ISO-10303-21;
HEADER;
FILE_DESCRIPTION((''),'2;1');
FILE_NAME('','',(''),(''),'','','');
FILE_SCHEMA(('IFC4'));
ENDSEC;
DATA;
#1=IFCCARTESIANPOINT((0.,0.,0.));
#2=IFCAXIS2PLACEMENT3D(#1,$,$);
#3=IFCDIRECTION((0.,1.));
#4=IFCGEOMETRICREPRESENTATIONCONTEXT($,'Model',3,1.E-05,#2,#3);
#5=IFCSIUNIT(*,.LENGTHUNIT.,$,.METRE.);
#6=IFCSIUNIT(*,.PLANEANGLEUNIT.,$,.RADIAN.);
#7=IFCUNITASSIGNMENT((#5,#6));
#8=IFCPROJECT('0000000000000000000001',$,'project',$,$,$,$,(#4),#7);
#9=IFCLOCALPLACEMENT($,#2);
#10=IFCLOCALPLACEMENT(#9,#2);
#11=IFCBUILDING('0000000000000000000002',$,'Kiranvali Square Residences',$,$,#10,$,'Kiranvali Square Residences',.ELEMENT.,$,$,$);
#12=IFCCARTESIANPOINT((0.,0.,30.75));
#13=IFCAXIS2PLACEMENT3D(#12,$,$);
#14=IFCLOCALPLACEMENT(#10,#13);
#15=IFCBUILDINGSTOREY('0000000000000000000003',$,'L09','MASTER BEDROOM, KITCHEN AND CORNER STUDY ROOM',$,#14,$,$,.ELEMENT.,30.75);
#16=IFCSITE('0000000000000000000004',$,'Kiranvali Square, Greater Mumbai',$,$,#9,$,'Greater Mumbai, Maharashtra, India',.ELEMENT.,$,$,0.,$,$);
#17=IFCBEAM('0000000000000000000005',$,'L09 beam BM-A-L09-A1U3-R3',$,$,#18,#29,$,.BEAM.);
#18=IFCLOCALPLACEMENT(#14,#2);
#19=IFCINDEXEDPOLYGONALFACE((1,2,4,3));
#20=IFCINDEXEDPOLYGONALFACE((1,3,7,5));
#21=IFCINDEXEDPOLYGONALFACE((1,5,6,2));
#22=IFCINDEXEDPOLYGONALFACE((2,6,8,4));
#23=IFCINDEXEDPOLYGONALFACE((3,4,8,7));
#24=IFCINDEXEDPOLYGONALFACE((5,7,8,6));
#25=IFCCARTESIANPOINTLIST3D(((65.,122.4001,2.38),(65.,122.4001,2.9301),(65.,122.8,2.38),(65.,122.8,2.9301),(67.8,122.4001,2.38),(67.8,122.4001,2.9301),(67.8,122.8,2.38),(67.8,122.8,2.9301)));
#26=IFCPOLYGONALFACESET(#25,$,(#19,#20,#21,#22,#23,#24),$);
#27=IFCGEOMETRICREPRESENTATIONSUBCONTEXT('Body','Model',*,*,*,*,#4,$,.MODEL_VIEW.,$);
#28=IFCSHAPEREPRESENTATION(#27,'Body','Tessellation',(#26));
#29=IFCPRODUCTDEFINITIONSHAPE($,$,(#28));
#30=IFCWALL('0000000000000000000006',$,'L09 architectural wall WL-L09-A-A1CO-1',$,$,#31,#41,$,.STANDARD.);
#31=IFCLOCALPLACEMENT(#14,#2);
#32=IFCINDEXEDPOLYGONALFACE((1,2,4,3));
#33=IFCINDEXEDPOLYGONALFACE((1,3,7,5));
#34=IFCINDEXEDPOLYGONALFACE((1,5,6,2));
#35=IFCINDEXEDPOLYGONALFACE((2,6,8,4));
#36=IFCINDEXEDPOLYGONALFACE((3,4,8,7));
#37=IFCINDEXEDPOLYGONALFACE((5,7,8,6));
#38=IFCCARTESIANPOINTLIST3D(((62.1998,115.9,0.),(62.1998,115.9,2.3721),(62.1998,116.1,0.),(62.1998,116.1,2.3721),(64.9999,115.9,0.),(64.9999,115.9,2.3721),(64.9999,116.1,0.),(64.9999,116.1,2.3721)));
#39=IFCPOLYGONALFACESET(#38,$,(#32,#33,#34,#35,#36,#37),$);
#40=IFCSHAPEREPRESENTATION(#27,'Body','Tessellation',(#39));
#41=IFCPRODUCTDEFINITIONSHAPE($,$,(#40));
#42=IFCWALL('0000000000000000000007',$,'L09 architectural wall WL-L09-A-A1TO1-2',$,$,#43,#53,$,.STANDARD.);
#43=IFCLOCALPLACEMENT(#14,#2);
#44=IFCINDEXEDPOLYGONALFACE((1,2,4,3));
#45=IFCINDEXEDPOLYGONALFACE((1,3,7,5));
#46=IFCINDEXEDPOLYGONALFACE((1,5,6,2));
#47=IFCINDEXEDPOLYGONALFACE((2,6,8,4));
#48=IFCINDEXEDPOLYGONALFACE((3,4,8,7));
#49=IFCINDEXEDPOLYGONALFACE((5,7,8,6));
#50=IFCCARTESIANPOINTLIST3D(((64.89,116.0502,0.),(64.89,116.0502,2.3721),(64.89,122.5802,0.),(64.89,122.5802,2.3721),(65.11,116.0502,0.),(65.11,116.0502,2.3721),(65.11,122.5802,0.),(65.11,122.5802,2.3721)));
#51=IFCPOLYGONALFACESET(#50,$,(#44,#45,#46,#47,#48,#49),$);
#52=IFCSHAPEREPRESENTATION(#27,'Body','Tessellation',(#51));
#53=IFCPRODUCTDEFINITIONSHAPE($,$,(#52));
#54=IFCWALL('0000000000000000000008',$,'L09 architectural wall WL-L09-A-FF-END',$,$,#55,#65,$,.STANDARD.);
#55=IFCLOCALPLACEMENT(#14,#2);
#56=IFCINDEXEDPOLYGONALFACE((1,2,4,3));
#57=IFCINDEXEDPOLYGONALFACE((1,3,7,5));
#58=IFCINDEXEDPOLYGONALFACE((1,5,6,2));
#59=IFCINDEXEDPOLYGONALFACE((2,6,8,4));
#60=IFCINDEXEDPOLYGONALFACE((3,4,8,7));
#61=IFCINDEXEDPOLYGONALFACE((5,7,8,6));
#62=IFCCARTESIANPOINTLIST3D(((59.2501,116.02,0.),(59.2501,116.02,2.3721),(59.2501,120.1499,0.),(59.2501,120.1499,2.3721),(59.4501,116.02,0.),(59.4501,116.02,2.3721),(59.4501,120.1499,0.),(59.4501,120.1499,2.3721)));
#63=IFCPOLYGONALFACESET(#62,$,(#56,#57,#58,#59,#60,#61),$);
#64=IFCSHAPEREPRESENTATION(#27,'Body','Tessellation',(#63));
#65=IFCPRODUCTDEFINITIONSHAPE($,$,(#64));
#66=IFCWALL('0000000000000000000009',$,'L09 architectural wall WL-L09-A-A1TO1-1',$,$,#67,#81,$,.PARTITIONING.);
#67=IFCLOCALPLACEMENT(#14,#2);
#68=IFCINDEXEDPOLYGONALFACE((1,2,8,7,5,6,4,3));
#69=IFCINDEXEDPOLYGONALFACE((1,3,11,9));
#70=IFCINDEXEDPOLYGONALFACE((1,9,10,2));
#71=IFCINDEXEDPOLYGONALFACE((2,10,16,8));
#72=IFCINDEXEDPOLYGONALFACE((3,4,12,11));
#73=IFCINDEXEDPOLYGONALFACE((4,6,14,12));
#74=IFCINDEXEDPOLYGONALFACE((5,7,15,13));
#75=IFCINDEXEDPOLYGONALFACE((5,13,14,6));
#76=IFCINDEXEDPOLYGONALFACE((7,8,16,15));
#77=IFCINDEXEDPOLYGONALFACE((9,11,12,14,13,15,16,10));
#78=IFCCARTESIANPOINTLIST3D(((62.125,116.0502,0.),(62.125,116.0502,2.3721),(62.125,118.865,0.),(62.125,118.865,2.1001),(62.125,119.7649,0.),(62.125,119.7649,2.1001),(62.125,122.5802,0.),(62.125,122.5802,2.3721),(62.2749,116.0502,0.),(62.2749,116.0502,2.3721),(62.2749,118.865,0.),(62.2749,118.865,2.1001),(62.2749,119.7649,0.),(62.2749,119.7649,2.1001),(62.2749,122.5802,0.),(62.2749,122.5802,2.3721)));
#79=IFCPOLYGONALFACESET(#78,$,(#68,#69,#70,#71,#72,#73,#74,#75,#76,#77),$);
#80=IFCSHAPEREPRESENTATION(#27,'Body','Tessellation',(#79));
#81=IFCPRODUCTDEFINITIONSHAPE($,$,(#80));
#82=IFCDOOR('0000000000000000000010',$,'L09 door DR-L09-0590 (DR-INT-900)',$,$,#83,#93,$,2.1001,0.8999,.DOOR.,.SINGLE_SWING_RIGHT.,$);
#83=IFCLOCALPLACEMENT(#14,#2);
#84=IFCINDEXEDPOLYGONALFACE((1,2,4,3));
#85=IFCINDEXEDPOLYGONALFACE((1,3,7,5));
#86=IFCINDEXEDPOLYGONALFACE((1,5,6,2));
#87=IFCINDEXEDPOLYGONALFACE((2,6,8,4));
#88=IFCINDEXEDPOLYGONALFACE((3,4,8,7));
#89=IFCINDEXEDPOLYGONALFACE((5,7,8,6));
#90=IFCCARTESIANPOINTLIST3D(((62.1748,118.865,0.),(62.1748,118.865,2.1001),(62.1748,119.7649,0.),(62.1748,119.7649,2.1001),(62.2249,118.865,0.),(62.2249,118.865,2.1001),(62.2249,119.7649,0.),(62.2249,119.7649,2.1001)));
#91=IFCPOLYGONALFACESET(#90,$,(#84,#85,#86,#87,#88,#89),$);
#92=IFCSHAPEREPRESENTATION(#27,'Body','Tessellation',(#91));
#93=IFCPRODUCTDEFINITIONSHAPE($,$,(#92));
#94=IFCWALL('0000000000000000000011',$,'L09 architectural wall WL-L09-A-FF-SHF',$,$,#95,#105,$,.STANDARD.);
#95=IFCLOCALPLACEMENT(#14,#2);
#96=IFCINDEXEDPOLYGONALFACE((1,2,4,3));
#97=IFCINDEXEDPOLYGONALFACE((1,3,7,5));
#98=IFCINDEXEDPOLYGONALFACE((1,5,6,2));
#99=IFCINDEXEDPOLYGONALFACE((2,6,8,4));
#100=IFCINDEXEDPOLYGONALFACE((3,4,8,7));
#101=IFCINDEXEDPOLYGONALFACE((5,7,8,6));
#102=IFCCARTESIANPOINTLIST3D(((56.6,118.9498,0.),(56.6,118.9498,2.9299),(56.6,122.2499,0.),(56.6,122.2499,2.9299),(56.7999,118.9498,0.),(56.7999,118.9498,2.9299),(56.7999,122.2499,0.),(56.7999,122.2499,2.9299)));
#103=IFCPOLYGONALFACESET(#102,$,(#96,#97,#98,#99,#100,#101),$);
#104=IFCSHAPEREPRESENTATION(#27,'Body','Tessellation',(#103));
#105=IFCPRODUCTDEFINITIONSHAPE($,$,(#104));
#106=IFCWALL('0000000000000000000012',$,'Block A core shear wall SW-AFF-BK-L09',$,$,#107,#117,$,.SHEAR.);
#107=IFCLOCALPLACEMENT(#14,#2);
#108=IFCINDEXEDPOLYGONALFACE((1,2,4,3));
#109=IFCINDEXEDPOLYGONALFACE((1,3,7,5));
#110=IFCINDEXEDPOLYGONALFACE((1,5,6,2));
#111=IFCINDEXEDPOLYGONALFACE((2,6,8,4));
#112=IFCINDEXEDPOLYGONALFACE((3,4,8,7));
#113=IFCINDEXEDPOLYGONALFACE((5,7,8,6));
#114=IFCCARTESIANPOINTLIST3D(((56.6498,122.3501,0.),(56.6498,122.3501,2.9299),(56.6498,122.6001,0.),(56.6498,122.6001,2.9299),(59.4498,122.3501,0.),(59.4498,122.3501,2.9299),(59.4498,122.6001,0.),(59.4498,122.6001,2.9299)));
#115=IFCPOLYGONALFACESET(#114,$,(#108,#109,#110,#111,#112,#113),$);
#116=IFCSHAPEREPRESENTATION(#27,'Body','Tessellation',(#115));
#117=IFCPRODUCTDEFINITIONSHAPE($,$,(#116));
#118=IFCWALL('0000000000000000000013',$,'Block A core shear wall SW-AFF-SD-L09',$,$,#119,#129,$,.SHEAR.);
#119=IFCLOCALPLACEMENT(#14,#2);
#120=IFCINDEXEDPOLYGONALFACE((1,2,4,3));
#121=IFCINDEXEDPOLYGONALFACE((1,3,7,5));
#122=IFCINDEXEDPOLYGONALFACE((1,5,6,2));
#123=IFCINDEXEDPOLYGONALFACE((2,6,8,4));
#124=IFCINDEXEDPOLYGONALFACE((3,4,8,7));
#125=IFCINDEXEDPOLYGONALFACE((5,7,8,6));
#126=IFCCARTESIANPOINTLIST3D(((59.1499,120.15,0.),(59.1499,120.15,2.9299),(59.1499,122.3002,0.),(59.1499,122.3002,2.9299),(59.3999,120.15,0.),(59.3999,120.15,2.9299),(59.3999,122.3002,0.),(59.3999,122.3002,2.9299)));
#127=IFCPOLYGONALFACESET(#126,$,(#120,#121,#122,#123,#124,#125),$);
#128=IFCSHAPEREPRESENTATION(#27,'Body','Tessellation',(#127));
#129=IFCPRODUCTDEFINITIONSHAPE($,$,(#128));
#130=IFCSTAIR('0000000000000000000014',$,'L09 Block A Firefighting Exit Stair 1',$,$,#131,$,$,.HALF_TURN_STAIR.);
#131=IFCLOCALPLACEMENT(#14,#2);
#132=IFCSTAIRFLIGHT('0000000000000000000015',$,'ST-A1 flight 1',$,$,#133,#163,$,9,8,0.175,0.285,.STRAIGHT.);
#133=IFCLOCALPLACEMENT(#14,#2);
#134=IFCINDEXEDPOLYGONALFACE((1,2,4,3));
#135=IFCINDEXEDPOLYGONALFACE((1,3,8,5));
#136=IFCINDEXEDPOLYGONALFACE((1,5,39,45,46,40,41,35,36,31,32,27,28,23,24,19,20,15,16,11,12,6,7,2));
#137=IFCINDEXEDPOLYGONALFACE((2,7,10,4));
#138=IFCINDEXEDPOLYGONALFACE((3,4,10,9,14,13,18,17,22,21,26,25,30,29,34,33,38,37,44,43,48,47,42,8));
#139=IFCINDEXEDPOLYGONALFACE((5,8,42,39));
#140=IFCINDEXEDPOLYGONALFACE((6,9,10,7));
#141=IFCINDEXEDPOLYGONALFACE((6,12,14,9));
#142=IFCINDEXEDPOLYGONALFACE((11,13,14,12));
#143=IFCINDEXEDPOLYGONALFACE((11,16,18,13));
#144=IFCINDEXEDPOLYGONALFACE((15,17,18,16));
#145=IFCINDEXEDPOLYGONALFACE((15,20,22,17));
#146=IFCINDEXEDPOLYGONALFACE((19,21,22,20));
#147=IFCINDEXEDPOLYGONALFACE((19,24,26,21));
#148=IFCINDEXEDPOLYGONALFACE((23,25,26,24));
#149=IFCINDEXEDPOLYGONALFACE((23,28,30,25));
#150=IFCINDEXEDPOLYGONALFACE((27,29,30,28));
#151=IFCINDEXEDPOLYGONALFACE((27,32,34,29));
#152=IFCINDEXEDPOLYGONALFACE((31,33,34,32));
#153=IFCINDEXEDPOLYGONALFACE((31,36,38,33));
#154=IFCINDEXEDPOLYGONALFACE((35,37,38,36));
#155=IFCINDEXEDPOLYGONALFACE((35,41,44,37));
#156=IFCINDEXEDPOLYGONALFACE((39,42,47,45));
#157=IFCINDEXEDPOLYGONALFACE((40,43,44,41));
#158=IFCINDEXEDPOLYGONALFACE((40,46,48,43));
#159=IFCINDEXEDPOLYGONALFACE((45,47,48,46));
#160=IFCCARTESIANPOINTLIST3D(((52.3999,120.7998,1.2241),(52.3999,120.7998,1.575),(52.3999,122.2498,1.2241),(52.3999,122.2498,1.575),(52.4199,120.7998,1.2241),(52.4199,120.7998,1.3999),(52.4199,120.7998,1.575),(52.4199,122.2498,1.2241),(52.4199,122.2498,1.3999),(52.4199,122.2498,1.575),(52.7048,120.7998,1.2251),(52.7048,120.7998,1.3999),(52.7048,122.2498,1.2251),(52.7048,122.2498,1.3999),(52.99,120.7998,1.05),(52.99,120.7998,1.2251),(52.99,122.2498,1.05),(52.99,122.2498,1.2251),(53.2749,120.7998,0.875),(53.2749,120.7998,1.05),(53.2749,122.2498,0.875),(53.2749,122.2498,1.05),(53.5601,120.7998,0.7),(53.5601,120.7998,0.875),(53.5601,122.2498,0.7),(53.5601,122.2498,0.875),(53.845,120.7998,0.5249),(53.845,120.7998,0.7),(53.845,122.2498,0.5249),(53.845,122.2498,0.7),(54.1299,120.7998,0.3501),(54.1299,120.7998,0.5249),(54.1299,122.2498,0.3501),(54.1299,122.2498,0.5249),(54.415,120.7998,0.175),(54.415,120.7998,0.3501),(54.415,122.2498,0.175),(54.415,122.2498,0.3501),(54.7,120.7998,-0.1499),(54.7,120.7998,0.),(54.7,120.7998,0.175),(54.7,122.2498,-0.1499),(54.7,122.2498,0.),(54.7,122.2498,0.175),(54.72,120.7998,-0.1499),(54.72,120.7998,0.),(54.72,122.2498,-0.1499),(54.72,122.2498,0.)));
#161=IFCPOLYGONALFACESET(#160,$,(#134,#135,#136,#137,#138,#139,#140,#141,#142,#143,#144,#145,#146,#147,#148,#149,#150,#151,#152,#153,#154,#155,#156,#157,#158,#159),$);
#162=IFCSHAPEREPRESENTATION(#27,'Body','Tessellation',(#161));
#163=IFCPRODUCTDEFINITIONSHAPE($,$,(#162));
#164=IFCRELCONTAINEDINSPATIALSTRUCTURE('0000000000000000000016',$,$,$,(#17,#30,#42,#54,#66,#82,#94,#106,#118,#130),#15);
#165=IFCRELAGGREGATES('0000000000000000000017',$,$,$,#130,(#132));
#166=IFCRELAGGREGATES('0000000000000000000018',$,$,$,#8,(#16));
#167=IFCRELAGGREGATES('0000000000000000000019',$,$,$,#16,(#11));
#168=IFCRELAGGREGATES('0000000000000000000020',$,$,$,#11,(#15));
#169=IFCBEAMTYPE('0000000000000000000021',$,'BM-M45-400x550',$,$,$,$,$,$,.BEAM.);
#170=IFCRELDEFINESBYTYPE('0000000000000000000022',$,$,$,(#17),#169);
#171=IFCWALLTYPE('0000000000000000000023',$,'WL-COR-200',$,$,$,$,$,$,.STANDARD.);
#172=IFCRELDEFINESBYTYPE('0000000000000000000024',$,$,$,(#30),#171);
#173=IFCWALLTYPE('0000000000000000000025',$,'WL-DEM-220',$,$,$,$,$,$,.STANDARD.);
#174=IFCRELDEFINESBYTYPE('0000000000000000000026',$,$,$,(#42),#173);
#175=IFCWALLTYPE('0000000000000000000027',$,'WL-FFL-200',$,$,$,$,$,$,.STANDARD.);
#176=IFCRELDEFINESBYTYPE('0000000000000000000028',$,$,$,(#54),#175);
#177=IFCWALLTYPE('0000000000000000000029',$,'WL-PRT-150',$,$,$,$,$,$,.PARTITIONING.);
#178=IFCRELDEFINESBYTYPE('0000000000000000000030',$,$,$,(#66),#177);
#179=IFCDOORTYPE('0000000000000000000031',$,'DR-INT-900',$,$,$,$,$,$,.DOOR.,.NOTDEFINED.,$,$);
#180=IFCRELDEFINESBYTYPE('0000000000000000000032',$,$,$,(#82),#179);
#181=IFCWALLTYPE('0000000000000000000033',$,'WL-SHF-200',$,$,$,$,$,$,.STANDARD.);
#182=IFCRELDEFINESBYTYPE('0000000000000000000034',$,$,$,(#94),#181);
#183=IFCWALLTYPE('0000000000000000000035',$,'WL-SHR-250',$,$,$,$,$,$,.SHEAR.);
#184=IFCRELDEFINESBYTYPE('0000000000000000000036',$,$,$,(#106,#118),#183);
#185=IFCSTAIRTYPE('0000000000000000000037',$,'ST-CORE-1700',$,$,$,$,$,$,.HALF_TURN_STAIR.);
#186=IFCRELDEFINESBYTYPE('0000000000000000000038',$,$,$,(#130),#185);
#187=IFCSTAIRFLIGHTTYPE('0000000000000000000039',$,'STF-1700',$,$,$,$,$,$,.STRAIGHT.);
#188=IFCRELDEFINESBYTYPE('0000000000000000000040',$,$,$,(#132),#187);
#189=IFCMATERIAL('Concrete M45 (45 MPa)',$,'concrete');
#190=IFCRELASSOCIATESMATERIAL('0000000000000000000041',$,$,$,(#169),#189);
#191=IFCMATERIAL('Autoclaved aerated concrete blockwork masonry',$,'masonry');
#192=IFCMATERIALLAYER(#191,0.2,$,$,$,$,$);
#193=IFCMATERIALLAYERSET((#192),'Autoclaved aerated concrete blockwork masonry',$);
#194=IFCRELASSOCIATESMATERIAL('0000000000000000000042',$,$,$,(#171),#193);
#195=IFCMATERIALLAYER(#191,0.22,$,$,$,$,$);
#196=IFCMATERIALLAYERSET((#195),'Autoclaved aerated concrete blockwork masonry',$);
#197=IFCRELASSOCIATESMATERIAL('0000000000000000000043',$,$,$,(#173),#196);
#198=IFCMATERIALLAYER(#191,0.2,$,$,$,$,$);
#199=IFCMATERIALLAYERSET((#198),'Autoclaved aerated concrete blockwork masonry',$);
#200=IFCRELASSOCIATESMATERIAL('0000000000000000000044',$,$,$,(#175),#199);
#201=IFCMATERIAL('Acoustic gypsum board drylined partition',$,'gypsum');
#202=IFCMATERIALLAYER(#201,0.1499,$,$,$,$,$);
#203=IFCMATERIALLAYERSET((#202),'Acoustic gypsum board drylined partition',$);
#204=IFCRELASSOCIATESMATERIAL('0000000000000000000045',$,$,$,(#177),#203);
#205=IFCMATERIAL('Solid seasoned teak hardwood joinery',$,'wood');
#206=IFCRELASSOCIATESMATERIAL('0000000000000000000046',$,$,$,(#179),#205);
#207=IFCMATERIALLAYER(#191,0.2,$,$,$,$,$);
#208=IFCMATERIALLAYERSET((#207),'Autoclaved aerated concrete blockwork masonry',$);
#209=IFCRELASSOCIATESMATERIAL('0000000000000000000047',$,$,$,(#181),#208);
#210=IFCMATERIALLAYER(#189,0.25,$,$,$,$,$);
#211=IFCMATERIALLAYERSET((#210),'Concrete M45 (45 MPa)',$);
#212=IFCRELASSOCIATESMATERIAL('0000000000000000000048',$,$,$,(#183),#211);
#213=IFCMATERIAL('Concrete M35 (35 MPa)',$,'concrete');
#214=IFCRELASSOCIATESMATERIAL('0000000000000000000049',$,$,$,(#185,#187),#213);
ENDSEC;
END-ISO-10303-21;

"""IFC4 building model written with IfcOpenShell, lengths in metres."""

from ifc_helpers import new_model, si_unit, direction, frame, frame_2d, origin, origin_2d, place, context, subcontext, project, spatial, polyline, rectangle, outline, extrude, material, layer, layer_set, material_profile, profile_set, type_object, element, fill, aggregate, save


model = new_model("IFC4")

# Units and contexts
model_context = context("Model", 3, precision=1e-05, world=origin(), true_north=direction((0.0, 1.0)))
body_context = subcontext(model_context, "Body", "Model", "MODEL_VIEW")
ifc_project = project(units=[si_unit("LENGTHUNIT", "METRE"), si_unit("PLANEANGLEUNIT", "RADIAN")], contexts=[model_context])

# Site, building, storey
site_placement = place(None, origin())
site = spatial("IfcSite", under=ifc_project, at=site_placement, Name="Kiranvali Square, Greater Mumbai", LongName="Greater Mumbai, Maharashtra, India", CompositionType="ELEMENT", RefElevation=0.0)
building_placement = place(site_placement, origin())
building = spatial("IfcBuilding", under=site, at=building_placement, Name="Kiranvali Square Residences", LongName="Kiranvali Square Residences", CompositionType="ELEMENT")
storey_placement = place(building_placement, frame((0.0, 0.0, 30.75)))
storey = spatial("IfcBuildingStorey", under=building, at=storey_placement, Name="L09", Description="MASTER BEDROOM, KITCHEN AND CORNER STUDY ROOM", CompositionType="ELEMENT", Elevation=30.75)

# Beam
ifc_material_1 = material(Name="Concrete M45 (45 MPa)", Category="concrete")
ifc_material_profile_1 = material_profile(ifc_material_1, rectangle(XDim=0.3999, YDim=0.55, at=origin_2d()), Name="RC 400x550")
ifc_profile_set_1 = profile_set([ifc_material_profile_1], Name="Concrete M45 (45 MPa)")
beam_type_1 = type_object("IfcBeamType", Name="BM-M45-400x550", PredefinedType="BEAM", material=ifc_profile_set_1)
for number, where, z_axis, x_axis, name in (
    (1, (65.0, 122.6001, 2.655), (1.0, 0.0, 0.0), (0.0, 1.0, 0.0), "L09 beam BM-A-L09-A1U3-R3"),
):
    element("IfcBeam", number, at=place(storey_placement, frame(where, z_axis=z_axis, x_axis=x_axis)), inside=storey, type_object=beam_type_1, Name=name, PredefinedType="BEAM", context=body_context, shape_type="SweptSolid", body=[
        extrude(rectangle(XDim=0.3999, YDim=0.55, at=origin_2d()), origin(), (0.0, 0.0, 1.0), 2.8),
    ])

# Shared definitions
ifc_material_2 = material(Name="Autoclaved aerated concrete blockwork masonry", Category="masonry")
ifc_layer_1 = layer(ifc_material_2, 0.2)
ifc_layer_set_1 = layer_set([ifc_layer_1], Name="Autoclaved aerated concrete blockwork masonry")
wall_type_1 = type_object("IfcWallType", Name="WL-COR-200", PredefinedType="STANDARD", material=ifc_layer_set_1)

# Wall
wall_1_placement = place(storey_placement, frame((62.2, 116.0, 0.0), z_axis=(0.0, 0.0, 1.0), x_axis=(1.0, 0.0, 0.0)))
element("IfcWall", 2, at=wall_1_placement, inside=storey, type_object=wall_type_1, Name="L09 architectural wall WL-L09-A-A1CO-1", PredefinedType="STANDARD", context=body_context, shape_type="SweptSolid", body=[
    extrude(rectangle(XDim=2.8, YDim=0.2, at=frame_2d((1.3999, 0.0))), origin(), (0.0, 0.0, 1.0), 2.3721),
])

# Walls
ifc_layer_2 = layer(ifc_material_2, 0.22)
ifc_layer_set_2 = layer_set([ifc_layer_2], Name="Autoclaved aerated concrete blockwork masonry")
wall_type_2 = type_object("IfcWallType", Name="WL-DEM-220", PredefinedType="STANDARD", material=ifc_layer_set_2)
wall_2_placement = place(storey_placement, frame((65.0, 116.05, 0.0), z_axis=(0.0, 0.0, 1.0), x_axis=(0.0, 1.0, 0.0)))
element("IfcWall", 3, at=wall_2_placement, inside=storey, type_object=wall_type_2, Name="L09 architectural wall WL-L09-A-A1TO1-2", PredefinedType="STANDARD", context=body_context, shape_type="SweptSolid", body=[
    extrude(rectangle(XDim=6.53, YDim=0.22, at=frame_2d((3.2651, 0.0))), origin(), (0.0, 0.0, 1.0), 2.3721),
])
ifc_layer_3 = layer(ifc_material_2, 0.2)
ifc_layer_set_3 = layer_set([ifc_layer_3], Name="Autoclaved aerated concrete blockwork masonry")
wall_type_3 = type_object("IfcWallType", Name="WL-FFL-200", PredefinedType="STANDARD", material=ifc_layer_set_3)
wall_3_placement = place(storey_placement, frame((59.3501, 116.02, 0.0), z_axis=(0.0, 0.0, 1.0), x_axis=(0.0, 1.0, 0.0)))
element("IfcWall", 4, at=wall_3_placement, inside=storey, type_object=wall_type_3, Name="L09 architectural wall WL-L09-A-FF-END", PredefinedType="STANDARD", context=body_context, shape_type="SweptSolid", body=[
    extrude(rectangle(XDim=4.1299, YDim=0.2, at=frame_2d((2.0649, 0.0))), origin(), (0.0, 0.0, 1.0), 2.3721),
])

# Wall, opening, door
ifc_material_3 = material(Name="Acoustic gypsum board drylined partition", Category="gypsum")
ifc_layer_4 = layer(ifc_material_3, 0.1499)
ifc_layer_set_4 = layer_set([ifc_layer_4], Name="Acoustic gypsum board drylined partition")
wall_type_4 = type_object("IfcWallType", Name="WL-PRT-150", PredefinedType="PARTITIONING", material=ifc_layer_set_4)
wall_4_placement = place(storey_placement, frame((62.2, 116.05, 0.0), z_axis=(0.0, 0.0, 1.0), x_axis=(0.0, 1.0, 0.0)))
wall_4 = element("IfcWall", 5, at=wall_4_placement, inside=storey, type_object=wall_type_4, Name="L09 architectural wall WL-L09-A-A1TO1-1", PredefinedType="PARTITIONING", context=body_context, shape_type="SweptSolid", body=[
    extrude(rectangle(XDim=6.53, YDim=0.1499, at=frame_2d((3.2651, 0.0))), origin(), (0.0, 0.0, 1.0), 2.3721),
])
opening_1_placement = place(wall_4_placement, frame((2.8149, 0.0, 0.0)))
opening_1 = element("IfcOpeningElement", 6, at=opening_1_placement, cuts=wall_4, PredefinedType="OPENING", context=body_context, shape_type="SweptSolid", body=[
    extrude(rectangle(XDim=0.8999, YDim=2.1001, at=frame_2d((0.45, 1.05))), frame((0.0, 0.085, 0.0), z_axis=(0.0, -1.0, 0.0), x_axis=(1.0, 0.0, 0.0)), (0.0, 0.0, 1.0), 0.1699),
])
ifc_material_4 = material(Name="Solid seasoned teak hardwood joinery", Category="wood")
door_type_1 = type_object("IfcDoorType", Name="DR-INT-900", OperationType="NOTDEFINED", PredefinedType="DOOR", material=ifc_material_4)
door_1_placement = place(opening_1_placement, frame((0.8999, 0.0, 0.0), z_axis=(0.0, 0.0, 1.0), x_axis=(-1.0, 0.0, 0.0)))
door_1 = element("IfcDoor", 7, at=door_1_placement, inside=storey, type_object=door_type_1, Name="L09 door DR-L09-0590 (DR-INT-900)", OperationType="SINGLE_SWING_RIGHT", OverallHeight=2.1001, OverallWidth=0.8999, PredefinedType="DOOR", context=body_context, shape_type="SweptSolid", body=[
    extrude(rectangle(XDim=0.8999, YDim=2.1001, at=frame_2d((0.45, 1.05))), frame((0.0, 0.0249, 0.0), z_axis=(0.0, -1.0, 0.0), x_axis=(1.0, 0.0, 0.0)), (0.0, 0.0, 1.0), 0.05),
])
fill(opening_1, door_1)

# Walls
ifc_layer_5 = layer(ifc_material_2, 0.2)
ifc_layer_set_5 = layer_set([ifc_layer_5], Name="Autoclaved aerated concrete blockwork masonry")
wall_type_5 = type_object("IfcWallType", Name="WL-SHF-200", PredefinedType="STANDARD", material=ifc_layer_set_5)
wall_5_placement = place(storey_placement, frame((56.7, 118.95, 0.0), z_axis=(0.0, 0.0, 1.0), x_axis=(0.0, 1.0, 0.0)))
element("IfcWall", 8, at=wall_5_placement, inside=storey, type_object=wall_type_5, Name="L09 architectural wall WL-L09-A-FF-SHF", PredefinedType="STANDARD", context=body_context, shape_type="SweptSolid", body=[
    extrude(rectangle(XDim=3.3, YDim=0.2, at=frame_2d((1.6499, 0.0))), origin(), (0.0, 0.0, 1.0), 2.9299),
])
ifc_layer_6 = layer(ifc_material_1, 0.25)
ifc_layer_set_6 = layer_set([ifc_layer_6], Name="Concrete M45 (45 MPa)")
wall_type_6 = type_object("IfcWallType", Name="WL-SHR-250", PredefinedType="SHEAR", material=ifc_layer_set_6)
wall_6_placement = place(storey_placement, frame((56.6499, 122.4751, 0.0), z_axis=(0.0, 0.0, 1.0), x_axis=(1.0, 0.0, 0.0)))
element("IfcWall", 9, at=wall_6_placement, inside=storey, type_object=wall_type_6, Name="Block A core shear wall SW-AFF-BK-L09", PredefinedType="SHEAR", context=body_context, shape_type="SweptSolid", body=[
    extrude(rectangle(XDim=2.8, YDim=0.25, at=frame_2d((1.3999, 0.0))), origin(), (0.0, 0.0, 1.0), 2.9299),
])
wall_7_placement = place(storey_placement, frame((59.2749, 120.1499, 0.0), z_axis=(0.0, 0.0, 1.0), x_axis=(0.0, 1.0, 0.0)))
element("IfcWall", 10, at=wall_7_placement, inside=storey, type_object=wall_type_6, Name="Block A core shear wall SW-AFF-SD-L09", PredefinedType="SHEAR", context=body_context, shape_type="SweptSolid", body=[
    extrude(rectangle(XDim=2.1501, YDim=0.25, at=frame_2d((1.0752, 0.0))), origin(), (0.0, 0.0, 1.0), 2.9299),
])

# Stair, stair flight
ifc_material_5 = material(Name="Concrete M35 (35 MPa)", Category="concrete")
stair_type = type_object("IfcStairType", Name="ST-CORE-1700", PredefinedType="HALF_TURN_STAIR", material=ifc_material_5)
stair_placement = place(storey_placement, origin())
stair = element("IfcStair", 11, at=stair_placement, inside=storey, type_object=stair_type, Name="L09 Block A Firefighting Exit Stair 1", PredefinedType="HALF_TURN_STAIR")
stair_flight_type = type_object("IfcStairFlightType", Name="STF-1700", PredefinedType="STRAIGHT", material=ifc_material_5)
stair_flight_placement = place(storey_placement, frame((54.7, 121.5249, 0.0), z_axis=(0.0, 0.0, 1.0), x_axis=(-1.0, 0.0, 0.0)))
stair_flight = element("IfcStairFlight", 12, at=stair_flight_placement, type_object=stair_flight_type, Name="ST-A1 flight 1", NumberOfRisers=9, NumberOfTreads=8, PredefinedType="STRAIGHT", RiserHeight=0.175, TreadLength=0.285, context=body_context, shape_type="SweptSolid", body=[
    extrude(outline(polyline([(-0.02, -0.1499), (-0.02, 0.0), (0.0, 0.0), (0.0, 0.175), (0.2849, 0.175), (0.2849, 0.3501), (0.5701, 0.3501), (0.5701, 0.5249), (0.855, 0.5249), (0.855, 0.7), (1.1399, 0.7), (1.1399, 0.875), (1.425, 0.875), (1.425, 1.05), (1.71, 1.05), (1.71, 1.2251), (1.9951, 1.2251), (1.9951, 1.3999), (2.28, 1.3999), (2.28, 1.575), (2.3, 1.575), (2.3, 1.2241), (2.28, 1.2241), (0.0, -0.1499), (-0.02, -0.1499)])), frame((0.0, 0.7251, 0.0), z_axis=(0.0, -1.0, 0.0), x_axis=(1.0, 0.0, 0.0)), (0.0, 0.0, 1.0), 1.45),
])
aggregate(stair, [stair_flight])

save(model, "model.ifc")
